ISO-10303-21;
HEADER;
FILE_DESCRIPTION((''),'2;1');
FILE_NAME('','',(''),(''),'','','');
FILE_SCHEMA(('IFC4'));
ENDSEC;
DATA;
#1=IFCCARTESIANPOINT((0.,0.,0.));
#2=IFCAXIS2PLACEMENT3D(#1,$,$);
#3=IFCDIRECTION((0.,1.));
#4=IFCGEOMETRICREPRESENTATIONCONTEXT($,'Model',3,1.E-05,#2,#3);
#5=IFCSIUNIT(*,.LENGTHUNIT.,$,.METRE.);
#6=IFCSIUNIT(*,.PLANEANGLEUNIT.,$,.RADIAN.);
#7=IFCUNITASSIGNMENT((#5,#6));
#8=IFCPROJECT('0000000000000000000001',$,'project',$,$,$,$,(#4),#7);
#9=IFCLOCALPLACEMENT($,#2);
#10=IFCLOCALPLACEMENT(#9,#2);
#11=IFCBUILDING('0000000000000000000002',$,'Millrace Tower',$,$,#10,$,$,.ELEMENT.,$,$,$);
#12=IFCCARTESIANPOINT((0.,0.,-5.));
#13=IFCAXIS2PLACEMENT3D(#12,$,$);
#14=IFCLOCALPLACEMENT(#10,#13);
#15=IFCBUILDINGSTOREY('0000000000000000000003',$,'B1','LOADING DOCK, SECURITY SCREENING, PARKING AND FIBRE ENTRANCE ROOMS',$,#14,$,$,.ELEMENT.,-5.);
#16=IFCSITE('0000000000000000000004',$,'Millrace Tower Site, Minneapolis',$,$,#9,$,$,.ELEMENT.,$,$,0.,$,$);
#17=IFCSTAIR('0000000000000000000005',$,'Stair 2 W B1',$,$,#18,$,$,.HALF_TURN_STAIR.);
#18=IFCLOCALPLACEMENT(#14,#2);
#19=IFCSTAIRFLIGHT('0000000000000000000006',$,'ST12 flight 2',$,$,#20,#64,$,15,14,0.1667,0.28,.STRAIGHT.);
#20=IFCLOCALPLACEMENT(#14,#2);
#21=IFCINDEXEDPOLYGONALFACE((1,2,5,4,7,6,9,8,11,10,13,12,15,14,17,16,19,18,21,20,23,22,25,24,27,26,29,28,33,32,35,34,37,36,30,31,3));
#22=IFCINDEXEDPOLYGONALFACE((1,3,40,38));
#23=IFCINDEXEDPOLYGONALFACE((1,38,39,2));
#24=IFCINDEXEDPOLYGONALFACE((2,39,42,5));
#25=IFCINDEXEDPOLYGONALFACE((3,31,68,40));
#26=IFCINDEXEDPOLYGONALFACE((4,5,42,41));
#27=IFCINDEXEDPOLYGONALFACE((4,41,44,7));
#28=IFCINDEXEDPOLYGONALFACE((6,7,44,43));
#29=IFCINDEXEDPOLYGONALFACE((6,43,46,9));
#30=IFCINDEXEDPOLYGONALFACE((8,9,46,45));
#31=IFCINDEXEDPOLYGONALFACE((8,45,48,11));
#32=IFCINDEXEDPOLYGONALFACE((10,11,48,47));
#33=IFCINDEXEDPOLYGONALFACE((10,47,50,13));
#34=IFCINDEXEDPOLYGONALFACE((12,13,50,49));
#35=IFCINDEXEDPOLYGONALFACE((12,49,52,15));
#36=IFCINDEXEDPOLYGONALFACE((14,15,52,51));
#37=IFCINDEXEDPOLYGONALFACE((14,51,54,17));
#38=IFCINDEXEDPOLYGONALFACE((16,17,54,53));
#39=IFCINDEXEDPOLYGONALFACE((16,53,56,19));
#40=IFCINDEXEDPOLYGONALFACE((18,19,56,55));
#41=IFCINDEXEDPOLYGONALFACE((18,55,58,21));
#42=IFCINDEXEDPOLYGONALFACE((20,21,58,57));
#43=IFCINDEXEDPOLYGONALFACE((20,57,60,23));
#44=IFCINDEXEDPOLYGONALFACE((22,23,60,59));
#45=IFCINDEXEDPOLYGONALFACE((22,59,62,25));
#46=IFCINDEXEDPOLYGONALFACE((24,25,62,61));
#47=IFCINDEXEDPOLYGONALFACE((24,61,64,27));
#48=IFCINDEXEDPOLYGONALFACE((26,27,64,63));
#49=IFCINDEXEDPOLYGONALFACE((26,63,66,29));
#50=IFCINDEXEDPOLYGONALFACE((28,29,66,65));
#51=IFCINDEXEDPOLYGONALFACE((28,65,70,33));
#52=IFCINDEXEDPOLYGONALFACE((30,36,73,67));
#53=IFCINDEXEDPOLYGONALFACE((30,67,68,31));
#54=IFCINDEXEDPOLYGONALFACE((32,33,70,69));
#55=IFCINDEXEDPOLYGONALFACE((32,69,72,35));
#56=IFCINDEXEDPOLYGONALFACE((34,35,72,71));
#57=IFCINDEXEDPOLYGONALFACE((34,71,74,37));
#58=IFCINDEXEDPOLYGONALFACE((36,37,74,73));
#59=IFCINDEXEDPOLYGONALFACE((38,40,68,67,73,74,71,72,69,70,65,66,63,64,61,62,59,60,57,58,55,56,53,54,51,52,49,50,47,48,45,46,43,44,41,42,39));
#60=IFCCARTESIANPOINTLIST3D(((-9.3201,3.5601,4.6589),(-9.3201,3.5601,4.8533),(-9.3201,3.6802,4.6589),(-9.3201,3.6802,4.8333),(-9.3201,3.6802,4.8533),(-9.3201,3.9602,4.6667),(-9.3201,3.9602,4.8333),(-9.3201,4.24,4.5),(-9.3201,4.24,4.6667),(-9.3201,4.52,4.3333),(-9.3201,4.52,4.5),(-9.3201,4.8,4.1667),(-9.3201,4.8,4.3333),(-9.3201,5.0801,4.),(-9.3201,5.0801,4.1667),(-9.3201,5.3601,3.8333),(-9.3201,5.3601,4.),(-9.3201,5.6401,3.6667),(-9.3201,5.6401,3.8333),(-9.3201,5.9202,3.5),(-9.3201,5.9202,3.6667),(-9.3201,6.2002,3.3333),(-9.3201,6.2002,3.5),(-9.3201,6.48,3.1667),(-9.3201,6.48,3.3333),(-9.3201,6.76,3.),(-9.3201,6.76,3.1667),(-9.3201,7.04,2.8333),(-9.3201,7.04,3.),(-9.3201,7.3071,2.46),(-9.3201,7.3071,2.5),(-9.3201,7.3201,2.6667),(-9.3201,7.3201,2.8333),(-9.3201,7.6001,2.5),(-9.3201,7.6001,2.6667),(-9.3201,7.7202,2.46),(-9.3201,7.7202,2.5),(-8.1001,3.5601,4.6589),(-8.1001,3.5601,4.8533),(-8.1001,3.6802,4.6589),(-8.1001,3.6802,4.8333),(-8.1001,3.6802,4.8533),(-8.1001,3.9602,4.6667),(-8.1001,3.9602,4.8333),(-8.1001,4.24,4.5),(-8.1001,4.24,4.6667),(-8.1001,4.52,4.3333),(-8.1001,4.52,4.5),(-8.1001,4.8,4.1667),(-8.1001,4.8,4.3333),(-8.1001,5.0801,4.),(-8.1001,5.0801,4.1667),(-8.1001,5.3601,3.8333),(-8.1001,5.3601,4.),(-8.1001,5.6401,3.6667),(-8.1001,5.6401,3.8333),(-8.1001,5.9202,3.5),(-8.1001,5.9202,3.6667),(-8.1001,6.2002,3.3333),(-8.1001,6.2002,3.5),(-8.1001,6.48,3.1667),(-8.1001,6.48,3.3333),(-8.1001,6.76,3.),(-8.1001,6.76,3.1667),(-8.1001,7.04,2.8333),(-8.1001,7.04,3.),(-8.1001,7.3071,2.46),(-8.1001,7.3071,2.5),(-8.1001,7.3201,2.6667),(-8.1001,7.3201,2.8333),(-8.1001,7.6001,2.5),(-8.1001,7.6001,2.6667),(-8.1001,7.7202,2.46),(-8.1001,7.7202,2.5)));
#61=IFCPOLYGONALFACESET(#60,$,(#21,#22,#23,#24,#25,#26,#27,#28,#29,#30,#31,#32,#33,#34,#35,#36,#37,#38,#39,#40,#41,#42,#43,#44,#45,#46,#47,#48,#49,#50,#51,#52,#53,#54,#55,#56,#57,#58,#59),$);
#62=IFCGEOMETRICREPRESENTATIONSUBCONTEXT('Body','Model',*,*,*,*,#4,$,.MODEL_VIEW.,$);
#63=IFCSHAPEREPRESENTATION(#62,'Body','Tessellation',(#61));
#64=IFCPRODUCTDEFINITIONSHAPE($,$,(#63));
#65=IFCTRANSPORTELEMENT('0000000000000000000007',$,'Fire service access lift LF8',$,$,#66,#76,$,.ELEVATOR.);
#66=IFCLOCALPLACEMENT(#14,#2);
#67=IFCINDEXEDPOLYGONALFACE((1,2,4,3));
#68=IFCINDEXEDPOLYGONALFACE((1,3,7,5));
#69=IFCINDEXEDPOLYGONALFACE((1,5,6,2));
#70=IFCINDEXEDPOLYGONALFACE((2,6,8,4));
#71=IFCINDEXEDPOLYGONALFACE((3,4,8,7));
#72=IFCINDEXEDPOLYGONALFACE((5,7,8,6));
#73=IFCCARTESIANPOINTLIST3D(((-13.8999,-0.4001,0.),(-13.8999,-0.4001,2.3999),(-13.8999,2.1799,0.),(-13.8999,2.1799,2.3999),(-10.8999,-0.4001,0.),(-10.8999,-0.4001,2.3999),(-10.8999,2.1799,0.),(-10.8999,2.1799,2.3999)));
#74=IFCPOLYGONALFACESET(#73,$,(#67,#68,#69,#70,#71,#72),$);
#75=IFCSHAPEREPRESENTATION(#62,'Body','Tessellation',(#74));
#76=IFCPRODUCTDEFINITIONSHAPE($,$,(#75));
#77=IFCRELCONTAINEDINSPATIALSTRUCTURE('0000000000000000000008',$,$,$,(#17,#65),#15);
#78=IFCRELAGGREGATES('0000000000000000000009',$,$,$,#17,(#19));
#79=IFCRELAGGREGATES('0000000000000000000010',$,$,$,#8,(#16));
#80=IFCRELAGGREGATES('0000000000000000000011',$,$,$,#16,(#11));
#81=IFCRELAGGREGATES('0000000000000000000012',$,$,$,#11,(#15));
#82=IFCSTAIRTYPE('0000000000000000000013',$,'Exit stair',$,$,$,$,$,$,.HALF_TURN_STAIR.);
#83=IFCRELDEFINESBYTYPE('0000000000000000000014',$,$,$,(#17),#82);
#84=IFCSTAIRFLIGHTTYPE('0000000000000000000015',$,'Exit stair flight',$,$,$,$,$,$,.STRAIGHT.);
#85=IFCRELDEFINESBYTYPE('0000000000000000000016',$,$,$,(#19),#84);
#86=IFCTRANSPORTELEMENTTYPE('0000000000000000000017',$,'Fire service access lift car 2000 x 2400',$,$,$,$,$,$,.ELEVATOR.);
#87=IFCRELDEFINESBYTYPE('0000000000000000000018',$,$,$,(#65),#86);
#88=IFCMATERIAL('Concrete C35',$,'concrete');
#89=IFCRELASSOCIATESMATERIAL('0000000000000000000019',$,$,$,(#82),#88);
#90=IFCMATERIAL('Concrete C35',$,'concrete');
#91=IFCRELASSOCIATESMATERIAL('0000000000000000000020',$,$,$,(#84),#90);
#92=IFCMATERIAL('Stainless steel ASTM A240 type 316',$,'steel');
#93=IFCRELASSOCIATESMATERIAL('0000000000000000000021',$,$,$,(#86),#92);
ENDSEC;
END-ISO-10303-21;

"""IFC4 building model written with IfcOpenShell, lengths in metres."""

from ifc_helpers import new_model, si_unit, direction, frame, origin, origin_2d, place, context, subcontext, project, spatial, polyline, rectangle, outline, extrude, material, type_object, element, aggregate, save


model = new_model("IFC4")

# Units and contexts
model_context = context("Model", 3, precision=1e-05, world=origin(), true_north=direction((0.0, 1.0)))
body_context = subcontext(model_context, "Body", "Model", "MODEL_VIEW")
ifc_project = project(units=[si_unit("LENGTHUNIT", "METRE"), si_unit("PLANEANGLEUNIT", "RADIAN")], contexts=[model_context])

# Site, building, storey
site_placement = place(None, origin())
site = spatial("IfcSite", under=ifc_project, at=site_placement, Name="Millrace Tower Site, Minneapolis", CompositionType="ELEMENT", RefElevation=0.0)
building_placement = place(site_placement, origin())
building = spatial("IfcBuilding", under=site, at=building_placement, Name="Millrace Tower", CompositionType="ELEMENT")
storey_placement = place(building_placement, frame((0.0, 0.0, -5.0)))
storey = spatial("IfcBuildingStorey", under=building, at=storey_placement, Name="B1", Description="LOADING DOCK, SECURITY SCREENING, PARKING AND FIBRE ENTRANCE ROOMS", CompositionType="ELEMENT", Elevation=-5.0)

# Stair, stair flight
ifc_material_1 = material(Name="Concrete C35", Category="concrete")
stair_type = type_object("IfcStairType", Name="Exit stair", PredefinedType="HALF_TURN_STAIR", material=ifc_material_1)
placement_1 = place(storey_placement, origin())
ifc_material_2 = material(Name="Concrete C35", Category="concrete")
stair_flight_type = type_object("IfcStairFlightType", Name="Exit stair flight", PredefinedType="STRAIGHT", material=ifc_material_2)
stair_1 = element("IfcStair", 1, at=placement_1, inside=storey, type_object=stair_type, Name="Stair 2 W B1", PredefinedType="HALF_TURN_STAIR")
stair_flight_1_placement = place(storey_placement, frame((-8.71, 7.6001, 2.5), z_axis=(0.0, 0.0, 1.0), x_axis=(0.0, -1.0, 0.0)))
stair_flight_1 = element("IfcStairFlight", 2, at=stair_flight_1_placement, type_object=stair_flight_type, Name="ST12 flight 2", NumberOfRisers=15, NumberOfTreads=14, PredefinedType="STRAIGHT", RiserHeight=0.1667, TreadLength=0.28, context=body_context, shape_type="SweptSolid", body=[
    extrude(outline(polyline([(-0.1201, -0.04), (-0.1201, 0.0), (0.0, 0.0), (0.0, 0.1667), (0.28, 0.1667), (0.28, 0.3333), (0.5601, 0.3333), (0.5601, 0.5), (0.8401, 0.5), (0.8401, 0.6667), (1.1201, 0.6667), (1.1201, 0.8333), (1.3999, 0.8333), (1.3999, 1.0), (1.6799, 1.0), (1.6799, 1.1667), (1.96, 1.1667), (1.96, 1.3333), (2.24, 1.3333), (2.24, 1.5), (2.52, 1.5), (2.52, 1.6667), (2.8, 1.6667), (2.8, 1.8333), (3.0801, 1.8333), (3.0801, 2.0), (3.3601, 2.0), (3.3601, 2.1667), (3.6399, 2.1667), (3.6399, 2.3333), (3.9199, 2.3333), (3.9199, 2.3533), (4.04, 2.3533), (4.04, 2.1589), (3.9199, 2.1589), (0.293, 0.0), (0.293, -0.04), (-0.1201, -0.04)])), frame((0.0, 0.6099, 0.0), z_axis=(0.0, -1.0, 0.0), x_axis=(1.0, 0.0, 0.0)), (0.0, 0.0, 1.0), 1.22),
])
aggregate(stair_1, [stair_flight_1])

# Transport element
ifc_material_3 = material(Name="Stainless steel ASTM A240 type 316", Category="steel")
transport_element_type = type_object("IfcTransportElementType", Name="Fire service access lift car 2000 x 2400", PredefinedType="ELEVATOR", material=ifc_material_3)
transport_element_placement = place(storey_placement, frame((-12.3999, 0.8899, 0.0), z_axis=(0.0, 0.0, 1.0), x_axis=(1.0, 0.0, 0.0)))
element("IfcTransportElement", 3, at=transport_element_placement, inside=storey, type_object=transport_element_type, Name="Fire service access lift LF8", PredefinedType="ELEVATOR", context=body_context, shape_type="SweptSolid", body=[
    extrude(rectangle(XDim=3.0, YDim=2.5801, at=origin_2d()), origin(), (0.0, 0.0, 1.0), 2.3999),
])

save(model, "model.ifc")
